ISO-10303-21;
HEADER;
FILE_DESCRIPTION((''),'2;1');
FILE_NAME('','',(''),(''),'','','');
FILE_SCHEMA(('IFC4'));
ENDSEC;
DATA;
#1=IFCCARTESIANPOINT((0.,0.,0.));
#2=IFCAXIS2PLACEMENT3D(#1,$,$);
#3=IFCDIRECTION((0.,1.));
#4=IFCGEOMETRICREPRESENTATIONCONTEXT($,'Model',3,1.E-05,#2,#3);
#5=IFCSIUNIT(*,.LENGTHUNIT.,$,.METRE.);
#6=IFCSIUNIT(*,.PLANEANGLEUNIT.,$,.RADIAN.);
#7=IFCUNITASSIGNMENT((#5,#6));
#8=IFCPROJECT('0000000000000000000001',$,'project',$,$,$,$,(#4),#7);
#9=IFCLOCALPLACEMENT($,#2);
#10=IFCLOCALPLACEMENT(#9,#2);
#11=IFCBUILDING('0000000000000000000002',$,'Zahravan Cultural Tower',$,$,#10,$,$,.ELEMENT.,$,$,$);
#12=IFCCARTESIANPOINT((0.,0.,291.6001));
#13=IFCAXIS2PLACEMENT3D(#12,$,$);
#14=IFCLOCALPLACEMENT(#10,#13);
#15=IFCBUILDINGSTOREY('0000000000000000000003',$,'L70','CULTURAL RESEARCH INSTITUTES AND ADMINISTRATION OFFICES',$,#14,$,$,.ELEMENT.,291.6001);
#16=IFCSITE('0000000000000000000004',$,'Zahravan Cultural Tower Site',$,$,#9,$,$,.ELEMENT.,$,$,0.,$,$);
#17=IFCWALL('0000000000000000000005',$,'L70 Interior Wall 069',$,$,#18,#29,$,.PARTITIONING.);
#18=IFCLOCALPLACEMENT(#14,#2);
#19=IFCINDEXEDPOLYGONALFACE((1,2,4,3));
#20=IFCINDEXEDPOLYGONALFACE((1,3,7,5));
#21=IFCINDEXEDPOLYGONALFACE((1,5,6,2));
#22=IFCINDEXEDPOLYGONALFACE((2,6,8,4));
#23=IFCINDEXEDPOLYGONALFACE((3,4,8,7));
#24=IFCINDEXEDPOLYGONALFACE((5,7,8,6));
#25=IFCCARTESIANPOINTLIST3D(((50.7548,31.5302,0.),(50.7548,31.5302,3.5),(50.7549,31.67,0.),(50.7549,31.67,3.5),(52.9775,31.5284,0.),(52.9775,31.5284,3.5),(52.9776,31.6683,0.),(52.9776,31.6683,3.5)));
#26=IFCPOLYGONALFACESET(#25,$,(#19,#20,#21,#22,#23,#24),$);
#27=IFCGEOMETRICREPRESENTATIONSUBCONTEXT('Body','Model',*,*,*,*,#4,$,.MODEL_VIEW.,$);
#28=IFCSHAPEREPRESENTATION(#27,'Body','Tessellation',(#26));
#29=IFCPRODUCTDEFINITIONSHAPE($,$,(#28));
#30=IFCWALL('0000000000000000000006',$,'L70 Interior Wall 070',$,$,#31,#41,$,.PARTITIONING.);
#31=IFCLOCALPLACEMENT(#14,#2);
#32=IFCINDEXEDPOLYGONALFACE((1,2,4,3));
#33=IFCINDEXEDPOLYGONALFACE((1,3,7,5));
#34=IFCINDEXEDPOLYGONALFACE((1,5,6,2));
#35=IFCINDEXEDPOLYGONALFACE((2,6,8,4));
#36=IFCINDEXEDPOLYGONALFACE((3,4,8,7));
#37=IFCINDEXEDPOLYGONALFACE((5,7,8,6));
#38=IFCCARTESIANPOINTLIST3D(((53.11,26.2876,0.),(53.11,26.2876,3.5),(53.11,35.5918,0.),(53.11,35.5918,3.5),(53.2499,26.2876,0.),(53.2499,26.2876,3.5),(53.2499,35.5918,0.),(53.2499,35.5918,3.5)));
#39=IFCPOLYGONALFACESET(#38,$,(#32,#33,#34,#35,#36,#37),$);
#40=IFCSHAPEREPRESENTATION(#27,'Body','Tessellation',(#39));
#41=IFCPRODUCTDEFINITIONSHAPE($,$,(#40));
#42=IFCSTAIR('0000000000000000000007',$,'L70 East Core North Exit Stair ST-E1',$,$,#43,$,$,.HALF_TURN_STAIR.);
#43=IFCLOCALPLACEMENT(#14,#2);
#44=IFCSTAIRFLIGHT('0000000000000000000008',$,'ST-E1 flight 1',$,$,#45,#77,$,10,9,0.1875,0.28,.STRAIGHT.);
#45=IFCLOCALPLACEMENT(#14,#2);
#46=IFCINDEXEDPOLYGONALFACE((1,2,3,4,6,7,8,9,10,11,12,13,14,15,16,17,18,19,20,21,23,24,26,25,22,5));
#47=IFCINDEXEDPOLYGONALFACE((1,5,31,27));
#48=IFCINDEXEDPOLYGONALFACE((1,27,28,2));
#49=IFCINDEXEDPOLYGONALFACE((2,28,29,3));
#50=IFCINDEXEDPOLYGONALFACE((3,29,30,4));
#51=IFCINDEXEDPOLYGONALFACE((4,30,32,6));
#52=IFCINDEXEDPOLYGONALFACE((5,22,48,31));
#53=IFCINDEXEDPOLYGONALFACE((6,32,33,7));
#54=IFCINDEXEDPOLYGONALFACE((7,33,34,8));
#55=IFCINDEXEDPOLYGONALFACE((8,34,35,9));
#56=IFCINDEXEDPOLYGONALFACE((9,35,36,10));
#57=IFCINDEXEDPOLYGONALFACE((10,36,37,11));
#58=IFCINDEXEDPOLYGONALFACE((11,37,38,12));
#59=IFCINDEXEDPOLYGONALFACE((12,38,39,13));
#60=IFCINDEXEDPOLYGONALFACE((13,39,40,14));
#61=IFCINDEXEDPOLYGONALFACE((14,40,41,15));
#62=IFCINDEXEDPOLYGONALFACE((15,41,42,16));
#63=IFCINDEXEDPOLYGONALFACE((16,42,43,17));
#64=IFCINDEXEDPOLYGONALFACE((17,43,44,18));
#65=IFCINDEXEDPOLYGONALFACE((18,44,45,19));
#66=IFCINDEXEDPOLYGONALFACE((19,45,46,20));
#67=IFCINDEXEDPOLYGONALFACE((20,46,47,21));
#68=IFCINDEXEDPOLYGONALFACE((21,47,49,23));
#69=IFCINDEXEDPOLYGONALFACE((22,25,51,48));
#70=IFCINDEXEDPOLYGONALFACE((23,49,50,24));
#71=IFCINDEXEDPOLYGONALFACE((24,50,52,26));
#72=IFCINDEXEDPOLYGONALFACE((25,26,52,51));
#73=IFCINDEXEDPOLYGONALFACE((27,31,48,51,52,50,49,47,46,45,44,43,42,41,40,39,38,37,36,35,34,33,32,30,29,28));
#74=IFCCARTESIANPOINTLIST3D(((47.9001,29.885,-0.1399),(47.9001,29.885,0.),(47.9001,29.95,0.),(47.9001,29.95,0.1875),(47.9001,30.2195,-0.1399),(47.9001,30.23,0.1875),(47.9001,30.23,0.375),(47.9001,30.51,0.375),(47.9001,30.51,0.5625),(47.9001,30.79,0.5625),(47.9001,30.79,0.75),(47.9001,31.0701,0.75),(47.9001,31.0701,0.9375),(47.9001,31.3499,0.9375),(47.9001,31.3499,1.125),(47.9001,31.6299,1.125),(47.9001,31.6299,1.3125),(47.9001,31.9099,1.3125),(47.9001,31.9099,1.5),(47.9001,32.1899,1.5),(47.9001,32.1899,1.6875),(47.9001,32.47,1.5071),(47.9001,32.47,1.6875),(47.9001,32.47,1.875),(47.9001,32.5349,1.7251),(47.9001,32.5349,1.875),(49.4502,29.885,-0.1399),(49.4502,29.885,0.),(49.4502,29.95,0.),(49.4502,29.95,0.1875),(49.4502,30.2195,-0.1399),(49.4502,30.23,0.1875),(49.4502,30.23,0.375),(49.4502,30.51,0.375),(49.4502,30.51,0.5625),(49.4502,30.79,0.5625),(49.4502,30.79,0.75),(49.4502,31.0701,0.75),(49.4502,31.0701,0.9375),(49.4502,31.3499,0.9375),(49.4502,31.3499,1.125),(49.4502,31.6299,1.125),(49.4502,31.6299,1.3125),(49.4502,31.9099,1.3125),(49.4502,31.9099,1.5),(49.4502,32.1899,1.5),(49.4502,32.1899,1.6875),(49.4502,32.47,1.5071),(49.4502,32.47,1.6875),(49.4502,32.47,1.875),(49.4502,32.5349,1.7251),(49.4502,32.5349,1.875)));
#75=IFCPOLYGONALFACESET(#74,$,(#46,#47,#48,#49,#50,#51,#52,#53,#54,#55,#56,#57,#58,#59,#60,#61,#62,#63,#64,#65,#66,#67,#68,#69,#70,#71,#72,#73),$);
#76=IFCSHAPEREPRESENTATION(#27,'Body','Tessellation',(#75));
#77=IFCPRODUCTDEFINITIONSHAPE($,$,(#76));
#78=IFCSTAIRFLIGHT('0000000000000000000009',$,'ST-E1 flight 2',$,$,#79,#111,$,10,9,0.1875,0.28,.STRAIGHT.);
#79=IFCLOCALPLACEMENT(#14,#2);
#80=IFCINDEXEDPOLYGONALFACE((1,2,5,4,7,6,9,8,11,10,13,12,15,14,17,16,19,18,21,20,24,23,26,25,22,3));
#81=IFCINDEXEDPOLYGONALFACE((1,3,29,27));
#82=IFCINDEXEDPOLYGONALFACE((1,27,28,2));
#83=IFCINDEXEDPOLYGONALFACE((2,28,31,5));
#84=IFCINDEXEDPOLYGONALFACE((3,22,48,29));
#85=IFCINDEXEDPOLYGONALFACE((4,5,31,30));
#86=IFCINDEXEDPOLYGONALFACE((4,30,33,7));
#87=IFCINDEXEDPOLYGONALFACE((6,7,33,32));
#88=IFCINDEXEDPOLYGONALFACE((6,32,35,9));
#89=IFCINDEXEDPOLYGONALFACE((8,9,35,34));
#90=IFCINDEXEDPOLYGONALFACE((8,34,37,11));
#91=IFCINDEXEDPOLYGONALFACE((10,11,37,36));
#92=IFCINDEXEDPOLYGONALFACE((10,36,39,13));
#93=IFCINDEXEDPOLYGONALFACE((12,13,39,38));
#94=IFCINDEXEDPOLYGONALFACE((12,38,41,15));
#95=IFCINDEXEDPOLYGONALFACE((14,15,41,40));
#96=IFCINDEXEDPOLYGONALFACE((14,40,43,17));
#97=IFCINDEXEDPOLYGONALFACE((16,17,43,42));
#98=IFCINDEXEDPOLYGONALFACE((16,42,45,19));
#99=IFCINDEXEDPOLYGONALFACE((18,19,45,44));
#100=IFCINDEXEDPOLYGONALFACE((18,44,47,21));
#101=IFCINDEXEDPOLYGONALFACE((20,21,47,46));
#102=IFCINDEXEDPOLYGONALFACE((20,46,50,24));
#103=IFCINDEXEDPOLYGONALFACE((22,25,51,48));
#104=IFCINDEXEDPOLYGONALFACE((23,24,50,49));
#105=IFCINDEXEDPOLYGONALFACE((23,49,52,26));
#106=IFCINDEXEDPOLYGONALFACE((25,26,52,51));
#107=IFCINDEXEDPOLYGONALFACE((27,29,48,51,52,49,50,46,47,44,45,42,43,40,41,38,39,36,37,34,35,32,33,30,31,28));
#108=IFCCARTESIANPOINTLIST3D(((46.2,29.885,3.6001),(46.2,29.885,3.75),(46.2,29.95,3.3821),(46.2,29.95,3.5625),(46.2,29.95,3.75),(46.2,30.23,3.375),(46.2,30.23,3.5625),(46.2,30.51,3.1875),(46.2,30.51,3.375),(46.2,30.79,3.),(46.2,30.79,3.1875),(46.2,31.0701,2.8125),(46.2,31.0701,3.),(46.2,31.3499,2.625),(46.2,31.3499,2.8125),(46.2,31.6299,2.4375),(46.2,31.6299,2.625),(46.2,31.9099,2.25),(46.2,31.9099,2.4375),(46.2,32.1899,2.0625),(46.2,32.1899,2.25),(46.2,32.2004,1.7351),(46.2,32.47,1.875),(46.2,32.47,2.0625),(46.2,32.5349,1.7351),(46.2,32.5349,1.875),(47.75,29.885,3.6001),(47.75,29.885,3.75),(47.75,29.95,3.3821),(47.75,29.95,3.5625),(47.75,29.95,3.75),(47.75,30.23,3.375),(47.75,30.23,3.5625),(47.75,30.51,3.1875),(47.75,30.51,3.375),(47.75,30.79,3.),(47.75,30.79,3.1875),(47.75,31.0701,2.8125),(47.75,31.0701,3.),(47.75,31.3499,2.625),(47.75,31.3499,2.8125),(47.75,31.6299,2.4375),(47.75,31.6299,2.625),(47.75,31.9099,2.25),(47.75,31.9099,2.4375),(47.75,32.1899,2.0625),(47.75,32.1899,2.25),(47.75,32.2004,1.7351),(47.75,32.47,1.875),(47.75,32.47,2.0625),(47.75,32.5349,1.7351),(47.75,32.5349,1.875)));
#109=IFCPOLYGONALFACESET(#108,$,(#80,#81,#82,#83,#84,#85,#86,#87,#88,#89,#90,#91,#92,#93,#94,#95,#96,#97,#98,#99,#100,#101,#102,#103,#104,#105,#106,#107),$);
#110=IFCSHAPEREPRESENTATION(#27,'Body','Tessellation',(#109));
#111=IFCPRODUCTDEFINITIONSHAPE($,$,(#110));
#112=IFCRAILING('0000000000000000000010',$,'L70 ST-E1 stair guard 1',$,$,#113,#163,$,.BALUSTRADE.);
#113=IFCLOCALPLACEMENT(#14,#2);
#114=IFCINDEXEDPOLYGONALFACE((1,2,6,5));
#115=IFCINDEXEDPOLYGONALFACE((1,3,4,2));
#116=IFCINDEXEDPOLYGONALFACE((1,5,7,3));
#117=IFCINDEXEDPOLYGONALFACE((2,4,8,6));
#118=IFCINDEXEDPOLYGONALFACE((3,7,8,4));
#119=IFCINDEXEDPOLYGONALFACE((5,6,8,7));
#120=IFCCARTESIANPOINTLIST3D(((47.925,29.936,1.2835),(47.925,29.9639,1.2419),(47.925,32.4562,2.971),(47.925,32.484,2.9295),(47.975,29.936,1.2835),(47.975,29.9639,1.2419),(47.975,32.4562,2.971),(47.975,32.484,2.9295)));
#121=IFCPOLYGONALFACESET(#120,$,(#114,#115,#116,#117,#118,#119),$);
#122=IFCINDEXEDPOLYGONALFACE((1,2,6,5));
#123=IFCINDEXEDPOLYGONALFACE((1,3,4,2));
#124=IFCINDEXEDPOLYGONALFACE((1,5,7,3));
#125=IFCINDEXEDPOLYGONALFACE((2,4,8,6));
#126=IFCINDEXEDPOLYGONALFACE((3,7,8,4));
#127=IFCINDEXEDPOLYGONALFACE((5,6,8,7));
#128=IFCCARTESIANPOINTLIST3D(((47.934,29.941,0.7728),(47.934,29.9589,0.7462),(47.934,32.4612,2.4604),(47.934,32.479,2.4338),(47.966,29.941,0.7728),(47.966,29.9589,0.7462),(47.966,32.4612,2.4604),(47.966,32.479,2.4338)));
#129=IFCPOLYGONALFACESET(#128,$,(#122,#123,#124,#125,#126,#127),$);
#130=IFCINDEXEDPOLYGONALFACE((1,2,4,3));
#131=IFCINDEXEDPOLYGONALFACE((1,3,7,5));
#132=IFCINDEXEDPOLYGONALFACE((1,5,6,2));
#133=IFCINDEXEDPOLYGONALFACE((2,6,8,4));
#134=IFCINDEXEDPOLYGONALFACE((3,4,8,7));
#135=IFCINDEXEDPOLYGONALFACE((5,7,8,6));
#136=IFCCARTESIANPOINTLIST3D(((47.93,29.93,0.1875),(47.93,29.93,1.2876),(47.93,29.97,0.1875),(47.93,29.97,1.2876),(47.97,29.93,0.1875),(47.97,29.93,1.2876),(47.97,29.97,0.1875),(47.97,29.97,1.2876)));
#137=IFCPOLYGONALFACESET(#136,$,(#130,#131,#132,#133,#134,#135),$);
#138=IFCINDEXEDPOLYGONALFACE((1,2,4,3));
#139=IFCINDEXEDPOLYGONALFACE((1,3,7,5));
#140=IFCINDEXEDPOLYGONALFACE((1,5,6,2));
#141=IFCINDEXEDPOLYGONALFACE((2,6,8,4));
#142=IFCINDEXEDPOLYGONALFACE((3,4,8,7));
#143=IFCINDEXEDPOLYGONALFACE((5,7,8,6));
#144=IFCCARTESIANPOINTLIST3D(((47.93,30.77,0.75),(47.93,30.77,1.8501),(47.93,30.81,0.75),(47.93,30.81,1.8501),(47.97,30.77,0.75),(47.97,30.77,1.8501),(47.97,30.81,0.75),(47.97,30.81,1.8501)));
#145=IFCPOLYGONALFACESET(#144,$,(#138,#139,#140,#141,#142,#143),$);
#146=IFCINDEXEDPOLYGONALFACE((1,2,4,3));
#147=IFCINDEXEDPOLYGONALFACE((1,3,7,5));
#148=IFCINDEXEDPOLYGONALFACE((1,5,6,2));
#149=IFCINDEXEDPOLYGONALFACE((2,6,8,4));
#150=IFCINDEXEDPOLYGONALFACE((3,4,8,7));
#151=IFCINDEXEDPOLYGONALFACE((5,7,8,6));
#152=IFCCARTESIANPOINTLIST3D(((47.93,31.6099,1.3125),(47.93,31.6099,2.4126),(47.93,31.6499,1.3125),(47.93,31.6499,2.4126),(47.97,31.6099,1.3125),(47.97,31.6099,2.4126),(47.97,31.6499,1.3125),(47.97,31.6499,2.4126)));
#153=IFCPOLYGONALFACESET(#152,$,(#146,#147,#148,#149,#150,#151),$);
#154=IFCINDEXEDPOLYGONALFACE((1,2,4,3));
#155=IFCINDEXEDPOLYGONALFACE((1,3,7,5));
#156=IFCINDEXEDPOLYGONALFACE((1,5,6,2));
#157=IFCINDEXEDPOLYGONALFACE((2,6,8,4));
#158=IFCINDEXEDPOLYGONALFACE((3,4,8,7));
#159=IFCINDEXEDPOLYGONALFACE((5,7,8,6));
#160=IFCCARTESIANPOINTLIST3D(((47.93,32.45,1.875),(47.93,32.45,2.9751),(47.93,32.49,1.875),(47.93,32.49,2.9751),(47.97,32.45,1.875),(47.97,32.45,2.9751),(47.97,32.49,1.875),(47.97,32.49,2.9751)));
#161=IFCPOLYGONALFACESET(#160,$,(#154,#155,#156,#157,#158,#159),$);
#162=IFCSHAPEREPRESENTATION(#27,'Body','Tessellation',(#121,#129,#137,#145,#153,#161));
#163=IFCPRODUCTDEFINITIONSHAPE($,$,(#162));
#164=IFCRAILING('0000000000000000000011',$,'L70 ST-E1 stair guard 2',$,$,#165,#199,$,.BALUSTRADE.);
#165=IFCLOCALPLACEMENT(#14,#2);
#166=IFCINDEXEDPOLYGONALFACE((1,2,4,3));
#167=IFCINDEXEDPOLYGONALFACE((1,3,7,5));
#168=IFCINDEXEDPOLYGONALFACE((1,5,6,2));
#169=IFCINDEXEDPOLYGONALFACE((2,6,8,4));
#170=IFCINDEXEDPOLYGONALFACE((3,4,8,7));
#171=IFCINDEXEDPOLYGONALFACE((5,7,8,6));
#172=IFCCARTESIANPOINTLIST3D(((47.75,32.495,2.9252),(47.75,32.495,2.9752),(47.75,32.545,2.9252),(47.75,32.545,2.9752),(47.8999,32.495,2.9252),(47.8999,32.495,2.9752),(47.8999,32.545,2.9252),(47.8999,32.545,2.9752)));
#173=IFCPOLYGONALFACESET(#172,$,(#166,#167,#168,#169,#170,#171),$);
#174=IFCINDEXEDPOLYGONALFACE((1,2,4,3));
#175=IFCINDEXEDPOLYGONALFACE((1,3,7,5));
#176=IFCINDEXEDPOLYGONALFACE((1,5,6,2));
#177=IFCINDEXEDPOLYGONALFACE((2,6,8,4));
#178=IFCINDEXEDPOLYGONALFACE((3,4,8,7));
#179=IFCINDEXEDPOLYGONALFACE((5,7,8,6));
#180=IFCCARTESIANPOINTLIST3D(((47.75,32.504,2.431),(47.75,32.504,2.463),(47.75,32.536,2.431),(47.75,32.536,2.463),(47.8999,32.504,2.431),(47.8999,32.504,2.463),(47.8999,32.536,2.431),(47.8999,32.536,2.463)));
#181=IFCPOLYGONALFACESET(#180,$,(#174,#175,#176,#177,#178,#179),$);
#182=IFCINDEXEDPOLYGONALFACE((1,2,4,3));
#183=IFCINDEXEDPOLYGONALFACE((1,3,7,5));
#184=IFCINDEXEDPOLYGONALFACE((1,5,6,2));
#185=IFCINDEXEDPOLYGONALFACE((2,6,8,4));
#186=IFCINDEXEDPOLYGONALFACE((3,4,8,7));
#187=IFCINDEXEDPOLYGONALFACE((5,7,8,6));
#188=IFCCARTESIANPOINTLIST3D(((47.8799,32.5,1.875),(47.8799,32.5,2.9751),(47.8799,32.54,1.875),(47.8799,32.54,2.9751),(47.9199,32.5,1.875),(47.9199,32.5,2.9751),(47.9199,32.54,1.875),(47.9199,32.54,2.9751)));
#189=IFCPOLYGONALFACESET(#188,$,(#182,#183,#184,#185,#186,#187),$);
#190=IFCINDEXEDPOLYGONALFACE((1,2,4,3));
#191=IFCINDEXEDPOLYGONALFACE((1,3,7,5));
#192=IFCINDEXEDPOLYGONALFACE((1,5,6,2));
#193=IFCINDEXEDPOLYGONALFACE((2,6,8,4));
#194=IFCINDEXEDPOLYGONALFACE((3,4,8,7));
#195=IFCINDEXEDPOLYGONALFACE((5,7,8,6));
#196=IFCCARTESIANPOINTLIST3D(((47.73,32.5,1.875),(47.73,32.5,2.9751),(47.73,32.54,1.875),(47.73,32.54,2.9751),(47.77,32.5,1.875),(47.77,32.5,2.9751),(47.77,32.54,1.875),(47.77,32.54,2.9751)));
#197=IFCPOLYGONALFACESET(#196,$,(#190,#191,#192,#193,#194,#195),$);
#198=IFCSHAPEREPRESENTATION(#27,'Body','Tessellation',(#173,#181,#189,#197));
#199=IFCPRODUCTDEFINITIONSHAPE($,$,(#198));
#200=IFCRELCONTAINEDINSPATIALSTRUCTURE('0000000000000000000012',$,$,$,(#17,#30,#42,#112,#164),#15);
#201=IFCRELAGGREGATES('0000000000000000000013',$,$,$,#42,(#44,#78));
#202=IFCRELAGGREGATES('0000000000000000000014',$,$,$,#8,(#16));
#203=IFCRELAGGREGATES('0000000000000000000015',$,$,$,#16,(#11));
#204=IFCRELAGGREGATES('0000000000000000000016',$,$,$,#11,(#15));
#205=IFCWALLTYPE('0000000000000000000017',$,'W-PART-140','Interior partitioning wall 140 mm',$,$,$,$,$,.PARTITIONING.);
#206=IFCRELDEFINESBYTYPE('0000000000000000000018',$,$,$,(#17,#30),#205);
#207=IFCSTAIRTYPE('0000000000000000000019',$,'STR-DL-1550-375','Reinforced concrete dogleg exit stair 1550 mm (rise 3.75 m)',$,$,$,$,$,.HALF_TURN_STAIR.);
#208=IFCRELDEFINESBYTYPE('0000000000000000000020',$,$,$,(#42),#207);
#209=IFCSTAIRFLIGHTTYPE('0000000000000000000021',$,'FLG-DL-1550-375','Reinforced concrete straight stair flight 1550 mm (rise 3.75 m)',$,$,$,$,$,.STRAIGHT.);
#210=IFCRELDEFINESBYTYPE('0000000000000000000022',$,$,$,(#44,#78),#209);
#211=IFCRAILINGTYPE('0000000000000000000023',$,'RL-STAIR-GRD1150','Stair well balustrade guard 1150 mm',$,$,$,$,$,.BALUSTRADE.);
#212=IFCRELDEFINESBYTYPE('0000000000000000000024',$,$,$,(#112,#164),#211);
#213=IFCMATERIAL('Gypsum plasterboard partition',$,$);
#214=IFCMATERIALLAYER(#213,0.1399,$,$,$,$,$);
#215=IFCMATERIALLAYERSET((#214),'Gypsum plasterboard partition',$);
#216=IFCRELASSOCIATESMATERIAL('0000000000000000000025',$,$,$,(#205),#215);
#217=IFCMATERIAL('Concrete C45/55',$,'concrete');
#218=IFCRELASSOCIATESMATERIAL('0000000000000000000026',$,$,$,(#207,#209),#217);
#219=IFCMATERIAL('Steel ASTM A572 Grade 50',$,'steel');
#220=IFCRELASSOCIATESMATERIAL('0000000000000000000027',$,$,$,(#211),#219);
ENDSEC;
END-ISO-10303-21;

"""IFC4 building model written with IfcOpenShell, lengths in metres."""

from ifc_helpers import new_model, si_unit, direction, frame, frame_2d, origin, origin_2d, place, context, subcontext, project, spatial, polyline, rectangle, outline, extrude, source, transform, mapped, material, layer, layer_set, type_object, element, aggregate, save


model = new_model("IFC4")

# Units and contexts
model_context = context("Model", 3, precision=1e-05, world=origin(), true_north=direction((0.0, 1.0)))
body_context = subcontext(model_context, "Body", "Model", "MODEL_VIEW")
ifc_project = project(units=[si_unit("LENGTHUNIT", "METRE"), si_unit("PLANEANGLEUNIT", "RADIAN")], contexts=[model_context])

# Site, building, storey
site_placement = place(None, origin())
site = spatial("IfcSite", under=ifc_project, at=site_placement, Name="Zahravan Cultural Tower Site", CompositionType="ELEMENT", RefElevation=0.0)
building_placement = place(site_placement, origin())
building = spatial("IfcBuilding", under=site, at=building_placement, Name="Zahravan Cultural Tower", CompositionType="ELEMENT")
storey_placement = place(building_placement, frame((0.0, 0.0, 291.6001)))
storey = spatial("IfcBuildingStorey", under=building, at=storey_placement, Name="L70", Description="CULTURAL RESEARCH INSTITUTES AND ADMINISTRATION OFFICES", CompositionType="ELEMENT", Elevation=291.6001)

# Walls
ifc_material_1 = material(Name="Concrete C45/55", Category="concrete")
ifc_material_2 = material(Name="Gypsum plasterboard partition")
ifc_layer_1 = layer(ifc_material_2, 0.1399)
ifc_layer_set_1 = layer_set([ifc_layer_1], Name="Gypsum plasterboard partition")
wall_type_1 = type_object("IfcWallType", Name="W-PART-140", Description="Interior partitioning wall 140 mm", PredefinedType="PARTITIONING", material=ifc_layer_set_1)
shared_shape_1 = source(origin(), body_context, "Body", "SweptSolid", [
    extrude(rectangle(XDim=2.2227, YDim=0.1399, at=frame_2d((1.1113, 0.0))), origin(), (0.0, 0.0, 1.0), 3.5),
])
wall_1_placement = place(storey_placement, frame((52.9775, 31.5984, 0.0), z_axis=(0.0, 0.0, 1.0), x_axis=(-1.0, 0.000769, 0.0)))
element("IfcWall", 1, at=wall_1_placement, inside=storey, type_object=wall_type_1, Name="L70 Interior Wall 069", PredefinedType="PARTITIONING", context=body_context, shape_type="MappedRepresentation", body=[
    mapped(shared_shape_1, transform((0.0, 0.0, 0.0), x_axis=(1.0, 0.0, 0.0), y_axis=(0.0, 1.0, 0.0), z_axis=(0.0, 0.0, 1.0), scale=1.0)),
])
shared_shape_2 = source(origin(), body_context, "Body", "SweptSolid", [
    extrude(rectangle(XDim=9.3042, YDim=0.1399, at=frame_2d((4.6521, 0.0))), origin(), (0.0, 0.0, 1.0), 3.5),
])
wall_2_placement = place(storey_placement, frame((53.1799, 35.5918, 0.0), z_axis=(0.0, 0.0, 1.0), x_axis=(0.0, -1.0, 0.0)))
element("IfcWall", 2, at=wall_2_placement, inside=storey, type_object=wall_type_1, Name="L70 Interior Wall 070", PredefinedType="PARTITIONING", context=body_context, shape_type="MappedRepresentation", body=[
    mapped(shared_shape_2, transform((0.0, 0.0, 0.0), x_axis=(1.0, 0.0, 0.0), y_axis=(0.0, 1.0, 0.0), z_axis=(0.0, 0.0, 1.0), scale=1.0)),
])

# Stair, stair flights
stair_type = type_object("IfcStairType", Name="STR-DL-1550-375", Description="Reinforced concrete dogleg exit stair 1550 mm (rise 3.75 m)", PredefinedType="HALF_TURN_STAIR", material=ifc_material_1)
stair_placement = place(storey_placement, origin())
stair = element("IfcStair", 3, at=stair_placement, inside=storey, type_object=stair_type, Name="L70 East Core North Exit Stair ST-E1", PredefinedType="HALF_TURN_STAIR")
stair_flight_type = type_object("IfcStairFlightType", Name="FLG-DL-1550-375", Description="Reinforced concrete straight stair flight 1550 mm (rise 3.75 m)", PredefinedType="STRAIGHT", material=ifc_material_1)
stair_flight_1_placement = place(storey_placement, frame((48.675, 29.95, 0.0), z_axis=(0.0, 0.0, 1.0), x_axis=(0.0, 1.0, 0.0)))
stair_flight_1 = element("IfcStairFlight", 4, at=stair_flight_1_placement, type_object=stair_flight_type, Name="ST-E1 flight 1", NumberOfRisers=10, NumberOfTreads=9, PredefinedType="STRAIGHT", RiserHeight=0.1875, TreadLength=0.28, context=body_context, shape_type="SweptSolid", body=[
    extrude(outline(polyline([(-0.0649, -0.1399), (-0.0649, 0.0), (0.0, 0.0), (0.0, 0.1875), (0.28, 0.1875), (0.28, 0.375), (0.5601, 0.375), (0.5601, 0.5625), (0.8401, 0.5625), (0.8401, 0.75), (1.1201, 0.75), (1.1201, 0.9375), (1.3999, 0.9375), (1.3999, 1.125), (1.6799, 1.125), (1.6799, 1.3125), (1.96, 1.3125), (1.96, 1.5), (2.24, 1.5), (2.24, 1.6875), (2.52, 1.6875), (2.52, 1.875), (2.585, 1.875), (2.585, 1.7251), (2.52, 1.5071), (0.2695, -0.1399), (-0.0649, -0.1399)])), frame((0.0, 0.7749, 0.0), z_axis=(0.0, -1.0, 0.0), x_axis=(1.0, 0.0, 0.0)), (0.0, 0.0, 1.0), 1.55),
])
stair_flight_2_placement = place(storey_placement, frame((46.9751, 32.47, 1.875), z_axis=(0.0, 0.0, 1.0), x_axis=(0.0, -1.0, 0.0)))
stair_flight_2 = element("IfcStairFlight", 5, at=stair_flight_2_placement, type_object=stair_flight_type, Name="ST-E1 flight 2", NumberOfRisers=10, NumberOfTreads=9, PredefinedType="STRAIGHT", RiserHeight=0.1875, TreadLength=0.28, context=body_context, shape_type="SweptSolid", body=[
    extrude(outline(polyline([(-0.0649, -0.1399), (-0.0649, 0.0), (0.0, 0.0), (0.0, 0.1875), (0.28, 0.1875), (0.28, 0.375), (0.5601, 0.375), (0.5601, 0.5625), (0.8401, 0.5625), (0.8401, 0.75), (1.1201, 0.75), (1.1201, 0.9375), (1.3999, 0.9375), (1.3999, 1.125), (1.6799, 1.125), (1.6799, 1.3125), (1.96, 1.3125), (1.96, 1.5), (2.24, 1.5), (2.24, 1.6875), (2.52, 1.6875), (2.52, 1.875), (2.585, 1.875), (2.585, 1.7251), (2.52, 1.5071), (0.2695, -0.1399), (-0.0649, -0.1399)])), frame((0.0, 0.7749, 0.0), z_axis=(0.0, -1.0, 0.0), x_axis=(1.0, 0.0, 0.0)), (0.0, 0.0, 1.0), 1.55),
])
aggregate(stair, [stair_flight_1, stair_flight_2])

# Railings
ifc_material_3 = material(Name="Steel ASTM A572 Grade 50", Category="steel")
railing_type_1 = type_object("IfcRailingType", Name="RL-STAIR-GRD1150", Description="Stair well balustrade guard 1150 mm", PredefinedType="BALUSTRADE", material=ifc_material_3)
railing_1_placement = place(storey_placement, frame((47.95, 29.95, 0.1875)))
element("IfcRailing", 6, at=railing_1_placement, inside=storey, type_object=railing_type_1, Name="L70 ST-E1 stair guard 1", PredefinedType="BALUSTRADE", context=body_context, shape_type="SweptSolid", body=[
    extrude(rectangle(XDim=0.05, YDim=0.05, at=origin_2d()), frame((0.0, 0.0, 1.0752), z_axis=(0.0, 0.830909, 0.556408), x_axis=(-1.0, 0.0, 0.0)), (0.0, 0.0, 1.0), 3.033),
    extrude(rectangle(XDim=0.032, YDim=0.032, at=origin_2d()), frame((0.0, 0.0, 0.572), z_axis=(0.0, 0.830909, 0.556408), x_axis=(-1.0, 0.0, 0.0)), (0.0, 0.0, 1.0), 3.033),
    extrude(rectangle(XDim=0.04, YDim=0.04, at=origin_2d()), origin(), (0.0, 0.0, 1.0), 1.1001),
    extrude(rectangle(XDim=0.04, YDim=0.04, at=origin_2d()), frame((0.0, 0.8401, 0.5625)), (0.0, 0.0, 1.0), 1.1001),
    extrude(rectangle(XDim=0.04, YDim=0.04, at=origin_2d()), frame((0.0, 1.6799, 1.125)), (0.0, 0.0, 1.0), 1.1001),
    extrude(rectangle(XDim=0.04, YDim=0.04, at=origin_2d()), frame((0.0, 2.52, 1.6875)), (0.0, 0.0, 1.0), 1.1001),
])
railing_2_placement = place(storey_placement, frame((47.8999, 32.52, 1.875)))
element("IfcRailing", 7, at=railing_2_placement, inside=storey, type_object=railing_type_1, Name="L70 ST-E1 stair guard 2", PredefinedType="BALUSTRADE", context=body_context, shape_type="SweptSolid", body=[
    extrude(rectangle(XDim=0.05, YDim=0.05, at=origin_2d()), frame((0.0, 0.0, 1.0752), z_axis=(-1.0, 0.0, 0.0), x_axis=(0.0, -1.0, 0.0)), (0.0, 0.0, 1.0), 0.1499),
    extrude(rectangle(XDim=0.032, YDim=0.032, at=origin_2d()), frame((0.0, 0.0, 0.572), z_axis=(-1.0, 0.0, 0.0), x_axis=(0.0, -1.0, 0.0)), (0.0, 0.0, 1.0), 0.1499),
    extrude(rectangle(XDim=0.04, YDim=0.04, at=origin_2d()), origin(), (0.0, 0.0, 1.0), 1.1001),
    extrude(rectangle(XDim=0.04, YDim=0.04, at=origin_2d()), frame((-0.1499, 0.0, 0.0)), (0.0, 0.0, 1.0), 1.1001),
])

save(model, "model.ifc")
